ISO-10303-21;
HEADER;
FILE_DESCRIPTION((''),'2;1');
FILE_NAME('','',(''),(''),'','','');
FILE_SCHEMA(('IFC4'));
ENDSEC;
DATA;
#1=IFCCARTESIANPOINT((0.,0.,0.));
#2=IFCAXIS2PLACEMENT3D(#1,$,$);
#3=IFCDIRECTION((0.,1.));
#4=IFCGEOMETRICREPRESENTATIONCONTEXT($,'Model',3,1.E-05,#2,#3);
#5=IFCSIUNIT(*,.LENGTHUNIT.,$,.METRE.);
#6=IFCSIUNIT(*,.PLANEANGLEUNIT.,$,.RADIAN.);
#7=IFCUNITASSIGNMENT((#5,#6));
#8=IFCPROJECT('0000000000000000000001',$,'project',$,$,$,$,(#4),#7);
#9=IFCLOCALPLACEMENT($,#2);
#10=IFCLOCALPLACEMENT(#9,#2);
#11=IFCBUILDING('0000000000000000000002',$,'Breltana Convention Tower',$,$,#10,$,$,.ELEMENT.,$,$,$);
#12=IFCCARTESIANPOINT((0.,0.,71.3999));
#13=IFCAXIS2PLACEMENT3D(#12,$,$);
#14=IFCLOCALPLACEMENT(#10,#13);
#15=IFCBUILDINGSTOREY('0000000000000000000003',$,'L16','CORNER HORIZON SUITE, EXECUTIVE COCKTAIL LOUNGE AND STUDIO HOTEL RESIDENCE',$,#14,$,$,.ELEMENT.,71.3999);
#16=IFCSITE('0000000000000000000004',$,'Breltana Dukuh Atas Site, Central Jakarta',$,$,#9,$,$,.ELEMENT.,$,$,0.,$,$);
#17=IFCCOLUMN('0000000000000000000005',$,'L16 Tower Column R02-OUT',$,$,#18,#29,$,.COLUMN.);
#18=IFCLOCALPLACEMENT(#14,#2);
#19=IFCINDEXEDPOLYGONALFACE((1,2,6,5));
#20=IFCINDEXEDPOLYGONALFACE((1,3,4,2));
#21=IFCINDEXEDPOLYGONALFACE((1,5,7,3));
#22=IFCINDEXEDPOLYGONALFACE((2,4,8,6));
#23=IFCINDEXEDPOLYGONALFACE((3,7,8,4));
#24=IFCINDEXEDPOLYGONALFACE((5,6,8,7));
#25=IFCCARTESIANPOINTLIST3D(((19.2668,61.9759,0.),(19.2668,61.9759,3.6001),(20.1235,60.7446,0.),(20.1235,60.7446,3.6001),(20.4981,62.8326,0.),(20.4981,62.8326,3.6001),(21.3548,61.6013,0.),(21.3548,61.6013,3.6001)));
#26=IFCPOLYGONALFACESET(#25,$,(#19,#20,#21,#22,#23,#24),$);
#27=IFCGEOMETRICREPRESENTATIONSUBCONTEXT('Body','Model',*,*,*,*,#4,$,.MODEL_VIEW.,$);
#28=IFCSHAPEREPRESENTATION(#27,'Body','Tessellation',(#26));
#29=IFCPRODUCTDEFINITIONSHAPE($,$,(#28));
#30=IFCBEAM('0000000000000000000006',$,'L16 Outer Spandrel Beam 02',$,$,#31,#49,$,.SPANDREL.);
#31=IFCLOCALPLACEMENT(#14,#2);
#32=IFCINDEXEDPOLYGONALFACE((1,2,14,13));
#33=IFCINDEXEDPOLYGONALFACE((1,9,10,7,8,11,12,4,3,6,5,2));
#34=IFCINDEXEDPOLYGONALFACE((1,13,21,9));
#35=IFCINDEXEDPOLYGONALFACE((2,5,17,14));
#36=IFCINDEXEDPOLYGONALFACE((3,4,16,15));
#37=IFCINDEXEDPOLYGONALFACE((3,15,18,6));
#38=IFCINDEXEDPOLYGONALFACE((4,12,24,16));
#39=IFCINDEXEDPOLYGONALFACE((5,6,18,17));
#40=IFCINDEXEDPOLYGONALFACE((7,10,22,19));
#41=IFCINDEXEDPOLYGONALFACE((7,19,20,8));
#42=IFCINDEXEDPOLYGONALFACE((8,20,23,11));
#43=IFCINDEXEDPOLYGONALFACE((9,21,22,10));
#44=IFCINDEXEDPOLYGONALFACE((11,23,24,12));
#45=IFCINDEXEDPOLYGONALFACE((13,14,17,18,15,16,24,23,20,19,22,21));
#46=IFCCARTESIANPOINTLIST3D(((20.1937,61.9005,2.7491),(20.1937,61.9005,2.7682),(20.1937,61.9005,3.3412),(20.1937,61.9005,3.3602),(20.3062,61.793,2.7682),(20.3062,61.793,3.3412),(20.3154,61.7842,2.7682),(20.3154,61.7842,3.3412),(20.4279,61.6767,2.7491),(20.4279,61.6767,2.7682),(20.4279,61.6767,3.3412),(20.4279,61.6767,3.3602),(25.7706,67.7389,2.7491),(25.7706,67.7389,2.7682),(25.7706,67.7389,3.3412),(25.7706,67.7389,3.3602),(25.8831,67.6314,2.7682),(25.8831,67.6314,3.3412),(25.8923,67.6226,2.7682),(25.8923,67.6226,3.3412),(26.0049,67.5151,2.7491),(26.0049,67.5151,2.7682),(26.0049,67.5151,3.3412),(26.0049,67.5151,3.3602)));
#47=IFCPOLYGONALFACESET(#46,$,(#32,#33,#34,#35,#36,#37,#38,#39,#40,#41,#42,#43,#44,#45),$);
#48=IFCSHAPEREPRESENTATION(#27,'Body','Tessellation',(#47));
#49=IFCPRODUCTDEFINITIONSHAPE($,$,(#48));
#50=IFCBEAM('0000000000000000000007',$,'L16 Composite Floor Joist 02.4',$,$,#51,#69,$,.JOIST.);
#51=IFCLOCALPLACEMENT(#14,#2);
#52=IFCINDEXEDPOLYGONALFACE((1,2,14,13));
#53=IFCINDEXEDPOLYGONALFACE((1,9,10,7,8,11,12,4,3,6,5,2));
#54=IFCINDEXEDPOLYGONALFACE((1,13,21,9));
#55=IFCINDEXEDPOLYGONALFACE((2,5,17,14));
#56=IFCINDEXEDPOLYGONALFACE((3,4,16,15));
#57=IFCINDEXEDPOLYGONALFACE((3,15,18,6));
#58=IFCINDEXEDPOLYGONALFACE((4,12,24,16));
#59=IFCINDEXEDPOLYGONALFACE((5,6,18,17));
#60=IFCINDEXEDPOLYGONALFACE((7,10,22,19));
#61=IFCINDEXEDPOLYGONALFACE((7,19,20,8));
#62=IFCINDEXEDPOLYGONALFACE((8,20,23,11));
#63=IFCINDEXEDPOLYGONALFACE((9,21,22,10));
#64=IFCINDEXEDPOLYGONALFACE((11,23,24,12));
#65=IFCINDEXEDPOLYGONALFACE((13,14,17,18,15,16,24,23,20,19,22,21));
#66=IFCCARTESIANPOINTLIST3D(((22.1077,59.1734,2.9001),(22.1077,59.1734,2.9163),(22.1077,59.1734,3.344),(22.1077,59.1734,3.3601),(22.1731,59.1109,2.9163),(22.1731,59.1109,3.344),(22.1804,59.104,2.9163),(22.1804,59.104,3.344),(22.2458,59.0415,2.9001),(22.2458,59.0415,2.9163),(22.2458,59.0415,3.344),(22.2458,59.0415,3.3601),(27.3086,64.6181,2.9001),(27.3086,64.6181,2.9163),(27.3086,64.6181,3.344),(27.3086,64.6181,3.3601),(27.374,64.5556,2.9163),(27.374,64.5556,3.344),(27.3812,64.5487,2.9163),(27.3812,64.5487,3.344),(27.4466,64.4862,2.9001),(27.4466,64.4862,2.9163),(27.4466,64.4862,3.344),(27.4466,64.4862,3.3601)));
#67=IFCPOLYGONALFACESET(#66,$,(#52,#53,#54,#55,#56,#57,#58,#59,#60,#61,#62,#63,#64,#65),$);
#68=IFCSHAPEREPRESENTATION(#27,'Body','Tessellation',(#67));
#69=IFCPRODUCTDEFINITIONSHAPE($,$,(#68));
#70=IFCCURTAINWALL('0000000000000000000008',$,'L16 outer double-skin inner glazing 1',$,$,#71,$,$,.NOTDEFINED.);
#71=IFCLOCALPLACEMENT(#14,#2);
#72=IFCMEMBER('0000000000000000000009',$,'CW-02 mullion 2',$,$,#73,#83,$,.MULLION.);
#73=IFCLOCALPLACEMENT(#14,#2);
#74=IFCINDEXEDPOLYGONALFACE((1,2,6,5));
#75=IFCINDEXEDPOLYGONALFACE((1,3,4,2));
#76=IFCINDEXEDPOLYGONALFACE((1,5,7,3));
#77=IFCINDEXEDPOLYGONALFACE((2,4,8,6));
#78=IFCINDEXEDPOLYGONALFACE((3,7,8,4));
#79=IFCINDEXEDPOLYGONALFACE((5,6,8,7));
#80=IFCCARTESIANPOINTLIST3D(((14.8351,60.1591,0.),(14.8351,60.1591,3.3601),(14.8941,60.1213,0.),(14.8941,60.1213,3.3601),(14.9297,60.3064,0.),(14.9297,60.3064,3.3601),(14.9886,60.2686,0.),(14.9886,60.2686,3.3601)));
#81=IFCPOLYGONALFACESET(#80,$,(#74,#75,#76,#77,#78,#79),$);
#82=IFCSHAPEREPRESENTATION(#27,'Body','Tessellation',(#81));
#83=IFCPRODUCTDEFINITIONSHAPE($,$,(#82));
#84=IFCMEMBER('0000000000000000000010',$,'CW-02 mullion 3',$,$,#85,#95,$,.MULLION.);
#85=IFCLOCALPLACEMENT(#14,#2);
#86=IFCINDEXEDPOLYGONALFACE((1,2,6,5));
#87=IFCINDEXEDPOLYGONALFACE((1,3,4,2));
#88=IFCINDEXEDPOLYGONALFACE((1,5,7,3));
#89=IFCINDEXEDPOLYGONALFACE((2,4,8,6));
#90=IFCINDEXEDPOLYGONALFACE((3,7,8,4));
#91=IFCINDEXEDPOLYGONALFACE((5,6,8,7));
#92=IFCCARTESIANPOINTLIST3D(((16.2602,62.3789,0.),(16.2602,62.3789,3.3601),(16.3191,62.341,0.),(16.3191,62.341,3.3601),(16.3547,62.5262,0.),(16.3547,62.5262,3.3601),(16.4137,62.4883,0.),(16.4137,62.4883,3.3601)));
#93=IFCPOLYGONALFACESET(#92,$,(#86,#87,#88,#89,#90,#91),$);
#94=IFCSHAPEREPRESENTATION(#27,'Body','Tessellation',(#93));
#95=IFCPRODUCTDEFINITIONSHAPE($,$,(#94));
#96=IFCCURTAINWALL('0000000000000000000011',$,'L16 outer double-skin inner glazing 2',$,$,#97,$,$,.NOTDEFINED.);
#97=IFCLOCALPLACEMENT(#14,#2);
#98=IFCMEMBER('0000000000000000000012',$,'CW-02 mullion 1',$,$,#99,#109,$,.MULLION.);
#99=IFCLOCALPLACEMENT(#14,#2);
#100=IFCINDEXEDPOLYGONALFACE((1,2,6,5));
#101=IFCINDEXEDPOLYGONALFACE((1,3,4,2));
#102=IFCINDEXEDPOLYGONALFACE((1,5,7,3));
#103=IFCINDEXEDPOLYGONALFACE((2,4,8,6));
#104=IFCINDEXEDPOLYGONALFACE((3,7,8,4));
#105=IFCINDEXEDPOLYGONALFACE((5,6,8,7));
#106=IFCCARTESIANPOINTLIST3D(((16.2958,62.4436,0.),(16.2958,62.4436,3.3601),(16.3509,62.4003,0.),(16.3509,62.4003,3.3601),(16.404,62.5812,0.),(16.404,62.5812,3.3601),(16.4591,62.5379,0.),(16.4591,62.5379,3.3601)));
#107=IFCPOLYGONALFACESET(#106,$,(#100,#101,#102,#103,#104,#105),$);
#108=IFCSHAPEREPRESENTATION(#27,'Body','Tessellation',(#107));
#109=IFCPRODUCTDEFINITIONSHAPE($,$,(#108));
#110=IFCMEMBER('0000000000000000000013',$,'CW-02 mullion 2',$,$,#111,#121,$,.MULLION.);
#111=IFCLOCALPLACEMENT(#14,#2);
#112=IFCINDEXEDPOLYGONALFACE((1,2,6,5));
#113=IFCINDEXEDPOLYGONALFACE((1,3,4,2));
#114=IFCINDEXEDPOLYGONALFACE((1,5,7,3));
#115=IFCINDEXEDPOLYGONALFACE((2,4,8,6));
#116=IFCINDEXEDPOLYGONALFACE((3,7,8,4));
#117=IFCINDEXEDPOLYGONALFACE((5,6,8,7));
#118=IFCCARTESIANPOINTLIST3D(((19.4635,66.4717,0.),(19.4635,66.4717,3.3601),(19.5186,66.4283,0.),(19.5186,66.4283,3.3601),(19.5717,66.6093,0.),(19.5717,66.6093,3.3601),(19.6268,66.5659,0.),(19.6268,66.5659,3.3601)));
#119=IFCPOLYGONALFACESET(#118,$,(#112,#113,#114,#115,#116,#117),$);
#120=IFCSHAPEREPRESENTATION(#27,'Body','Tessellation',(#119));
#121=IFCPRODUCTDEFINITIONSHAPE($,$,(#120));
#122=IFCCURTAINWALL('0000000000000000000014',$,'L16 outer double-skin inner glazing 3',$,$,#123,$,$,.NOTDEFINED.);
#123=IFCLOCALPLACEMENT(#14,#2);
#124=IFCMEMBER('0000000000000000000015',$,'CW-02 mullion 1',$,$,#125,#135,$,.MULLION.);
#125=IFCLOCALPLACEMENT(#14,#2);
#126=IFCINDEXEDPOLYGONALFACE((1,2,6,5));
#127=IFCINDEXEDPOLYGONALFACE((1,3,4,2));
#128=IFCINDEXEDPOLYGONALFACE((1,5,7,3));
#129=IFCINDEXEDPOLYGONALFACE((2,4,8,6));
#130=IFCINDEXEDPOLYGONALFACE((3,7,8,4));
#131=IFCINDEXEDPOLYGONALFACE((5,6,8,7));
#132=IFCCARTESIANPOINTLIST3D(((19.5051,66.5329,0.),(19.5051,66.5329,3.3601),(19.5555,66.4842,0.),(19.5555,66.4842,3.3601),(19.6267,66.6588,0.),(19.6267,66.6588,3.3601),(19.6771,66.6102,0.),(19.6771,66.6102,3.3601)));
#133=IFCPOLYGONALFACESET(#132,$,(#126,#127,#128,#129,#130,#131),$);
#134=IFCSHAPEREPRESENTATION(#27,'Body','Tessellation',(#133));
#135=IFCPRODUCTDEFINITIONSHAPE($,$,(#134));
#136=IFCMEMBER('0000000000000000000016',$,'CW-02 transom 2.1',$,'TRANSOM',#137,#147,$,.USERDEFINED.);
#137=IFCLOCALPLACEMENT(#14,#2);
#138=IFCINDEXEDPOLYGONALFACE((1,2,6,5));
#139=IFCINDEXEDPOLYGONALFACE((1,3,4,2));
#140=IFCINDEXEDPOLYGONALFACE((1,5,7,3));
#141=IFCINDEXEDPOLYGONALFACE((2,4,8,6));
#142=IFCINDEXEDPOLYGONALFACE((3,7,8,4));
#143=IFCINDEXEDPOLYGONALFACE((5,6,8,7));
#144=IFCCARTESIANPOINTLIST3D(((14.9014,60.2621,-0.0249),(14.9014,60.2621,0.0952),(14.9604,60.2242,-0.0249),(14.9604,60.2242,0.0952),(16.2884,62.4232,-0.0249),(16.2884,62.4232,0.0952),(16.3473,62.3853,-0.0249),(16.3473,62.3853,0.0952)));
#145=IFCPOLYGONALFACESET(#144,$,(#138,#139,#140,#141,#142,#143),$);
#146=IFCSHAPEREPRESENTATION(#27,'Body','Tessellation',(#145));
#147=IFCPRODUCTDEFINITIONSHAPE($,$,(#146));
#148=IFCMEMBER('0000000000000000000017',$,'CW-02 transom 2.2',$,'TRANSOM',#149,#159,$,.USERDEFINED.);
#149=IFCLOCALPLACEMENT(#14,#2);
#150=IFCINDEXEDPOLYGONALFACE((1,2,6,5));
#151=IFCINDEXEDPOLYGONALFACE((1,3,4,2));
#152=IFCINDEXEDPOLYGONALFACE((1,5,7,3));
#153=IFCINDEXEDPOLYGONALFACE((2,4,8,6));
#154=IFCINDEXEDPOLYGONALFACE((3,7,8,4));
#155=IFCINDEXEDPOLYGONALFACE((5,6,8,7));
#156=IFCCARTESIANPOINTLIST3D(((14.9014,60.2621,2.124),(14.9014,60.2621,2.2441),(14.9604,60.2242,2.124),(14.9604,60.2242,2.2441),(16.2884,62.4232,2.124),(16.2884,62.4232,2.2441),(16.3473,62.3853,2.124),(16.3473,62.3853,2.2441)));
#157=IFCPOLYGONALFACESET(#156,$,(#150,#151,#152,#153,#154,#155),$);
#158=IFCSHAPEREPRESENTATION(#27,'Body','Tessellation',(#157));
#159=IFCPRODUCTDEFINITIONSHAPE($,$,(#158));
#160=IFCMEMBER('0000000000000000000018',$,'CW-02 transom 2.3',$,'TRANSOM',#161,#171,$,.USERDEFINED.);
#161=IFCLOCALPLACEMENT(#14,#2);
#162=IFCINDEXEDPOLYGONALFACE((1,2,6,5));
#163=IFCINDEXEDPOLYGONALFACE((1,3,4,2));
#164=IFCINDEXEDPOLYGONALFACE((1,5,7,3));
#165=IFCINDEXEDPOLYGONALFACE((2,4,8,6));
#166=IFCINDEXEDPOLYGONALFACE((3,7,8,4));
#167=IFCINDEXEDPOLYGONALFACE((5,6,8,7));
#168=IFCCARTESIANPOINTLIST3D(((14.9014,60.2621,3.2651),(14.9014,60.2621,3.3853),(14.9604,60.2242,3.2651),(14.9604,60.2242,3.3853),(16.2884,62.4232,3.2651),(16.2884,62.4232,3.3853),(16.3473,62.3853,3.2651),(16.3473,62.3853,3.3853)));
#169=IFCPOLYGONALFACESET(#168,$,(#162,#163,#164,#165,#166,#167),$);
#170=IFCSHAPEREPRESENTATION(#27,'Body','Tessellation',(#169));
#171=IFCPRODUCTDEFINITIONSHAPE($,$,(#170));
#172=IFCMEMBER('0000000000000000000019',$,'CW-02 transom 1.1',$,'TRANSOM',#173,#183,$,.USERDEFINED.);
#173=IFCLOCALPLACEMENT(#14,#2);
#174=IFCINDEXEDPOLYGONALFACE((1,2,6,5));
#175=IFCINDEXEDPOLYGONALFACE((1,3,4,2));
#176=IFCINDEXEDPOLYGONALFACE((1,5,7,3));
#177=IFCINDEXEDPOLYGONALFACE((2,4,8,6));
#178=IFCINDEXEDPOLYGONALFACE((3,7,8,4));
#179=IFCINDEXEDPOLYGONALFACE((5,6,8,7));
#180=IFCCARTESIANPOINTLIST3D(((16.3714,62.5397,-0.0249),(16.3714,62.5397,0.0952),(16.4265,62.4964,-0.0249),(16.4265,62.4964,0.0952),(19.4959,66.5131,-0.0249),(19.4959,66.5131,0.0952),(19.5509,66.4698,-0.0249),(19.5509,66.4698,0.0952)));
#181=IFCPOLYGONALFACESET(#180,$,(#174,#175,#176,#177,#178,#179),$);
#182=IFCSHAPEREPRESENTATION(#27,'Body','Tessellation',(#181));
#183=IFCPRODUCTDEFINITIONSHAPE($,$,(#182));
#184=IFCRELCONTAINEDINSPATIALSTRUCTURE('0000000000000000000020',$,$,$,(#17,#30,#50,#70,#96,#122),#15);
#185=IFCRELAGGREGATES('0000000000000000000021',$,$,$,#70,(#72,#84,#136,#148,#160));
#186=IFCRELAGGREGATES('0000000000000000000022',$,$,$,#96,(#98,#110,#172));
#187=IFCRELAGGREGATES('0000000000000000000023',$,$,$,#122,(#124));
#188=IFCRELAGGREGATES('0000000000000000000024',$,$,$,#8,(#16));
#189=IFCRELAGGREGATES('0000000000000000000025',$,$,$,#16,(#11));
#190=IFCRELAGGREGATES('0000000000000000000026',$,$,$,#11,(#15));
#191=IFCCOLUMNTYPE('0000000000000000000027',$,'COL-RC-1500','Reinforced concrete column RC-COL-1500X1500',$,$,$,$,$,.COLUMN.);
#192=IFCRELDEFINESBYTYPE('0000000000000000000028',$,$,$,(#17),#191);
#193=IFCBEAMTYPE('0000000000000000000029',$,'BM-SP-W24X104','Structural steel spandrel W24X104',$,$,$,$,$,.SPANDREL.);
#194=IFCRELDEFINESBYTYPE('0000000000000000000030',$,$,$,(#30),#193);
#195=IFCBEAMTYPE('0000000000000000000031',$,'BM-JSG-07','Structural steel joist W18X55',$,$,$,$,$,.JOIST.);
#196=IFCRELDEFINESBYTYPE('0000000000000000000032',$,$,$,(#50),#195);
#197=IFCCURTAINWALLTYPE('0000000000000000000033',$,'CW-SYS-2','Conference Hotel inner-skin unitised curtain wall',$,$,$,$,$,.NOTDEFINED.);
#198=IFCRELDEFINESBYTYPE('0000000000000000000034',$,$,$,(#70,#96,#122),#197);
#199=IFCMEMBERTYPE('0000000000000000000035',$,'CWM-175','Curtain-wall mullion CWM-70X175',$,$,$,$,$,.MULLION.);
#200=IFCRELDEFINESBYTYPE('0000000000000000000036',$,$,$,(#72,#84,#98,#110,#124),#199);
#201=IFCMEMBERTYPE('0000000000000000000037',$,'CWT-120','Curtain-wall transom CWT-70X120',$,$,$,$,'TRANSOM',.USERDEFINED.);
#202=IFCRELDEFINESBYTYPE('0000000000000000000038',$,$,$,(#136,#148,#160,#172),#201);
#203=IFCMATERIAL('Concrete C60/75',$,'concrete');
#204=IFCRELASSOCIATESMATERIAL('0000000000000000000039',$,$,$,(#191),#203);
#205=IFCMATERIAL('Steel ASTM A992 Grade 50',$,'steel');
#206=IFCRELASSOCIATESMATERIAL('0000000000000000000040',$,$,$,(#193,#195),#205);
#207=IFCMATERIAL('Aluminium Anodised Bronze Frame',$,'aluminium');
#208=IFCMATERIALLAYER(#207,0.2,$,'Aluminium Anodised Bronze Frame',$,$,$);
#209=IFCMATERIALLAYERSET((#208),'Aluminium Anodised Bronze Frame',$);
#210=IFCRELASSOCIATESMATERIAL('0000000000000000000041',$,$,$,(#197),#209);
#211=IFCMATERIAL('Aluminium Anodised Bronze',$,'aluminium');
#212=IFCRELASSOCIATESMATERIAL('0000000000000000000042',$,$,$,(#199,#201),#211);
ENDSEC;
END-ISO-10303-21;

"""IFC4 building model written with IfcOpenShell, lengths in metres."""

from ifc_helpers import new_model, si_unit, direction, frame, origin, origin_2d, place, context, subcontext, project, spatial, rectangle, i_section, extrude, source, transform, mapped, material, layer, layer_set, material_profile, profile_set, type_object, type_shapes, element, aggregate, save


model = new_model("IFC4")

# Units and contexts
model_context = context("Model", 3, precision=1e-05, world=origin(), true_north=direction((0.0, 1.0)))
body_context = subcontext(model_context, "Body", "Model", "MODEL_VIEW")
ifc_project = project(units=[si_unit("LENGTHUNIT", "METRE"), si_unit("PLANEANGLEUNIT", "RADIAN")], contexts=[model_context])

# Site, building, storey
site_placement = place(None, origin())
site = spatial("IfcSite", under=ifc_project, at=site_placement, Name="Breltana Dukuh Atas Site, Central Jakarta", CompositionType="ELEMENT", RefElevation=0.0)
building_placement = place(site_placement, origin())
building = spatial("IfcBuilding", under=site, at=building_placement, Name="Breltana Convention Tower", CompositionType="ELEMENT")
storey_placement = place(building_placement, frame((0.0, 0.0, 71.3999)))
storey = spatial("IfcBuildingStorey", under=building, at=storey_placement, Name="L16", Description="CORNER HORIZON SUITE, EXECUTIVE COCKTAIL LOUNGE AND STUDIO HOTEL RESIDENCE", CompositionType="ELEMENT", Elevation=71.3999)

# Column
ifc_material_1 = material(Name="Concrete C60/75", Category="concrete")
ifc_material_profile_1 = material_profile(ifc_material_1, rectangle(XDim=1.5, YDim=1.5, at=origin_2d()), Name="RC-COL-1500X1500")
ifc_profile_set_1 = profile_set([ifc_material_profile_1], Name="Concrete C60/75")
column_type = type_object("IfcColumnType", Name="COL-RC-1500", Description="Reinforced concrete column RC-COL-1500X1500", PredefinedType="COLUMN", material=ifc_profile_set_1)
shared_shape_1 = source(origin(), body_context, "Body", "SweptSolid", [
    extrude(rectangle(XDim=1.5, YDim=1.5, at=origin_2d()), origin(), (0.0, 0.0, 1.0), 3.6001),
])
column_placement = place(storey_placement, frame((20.3108, 61.7886, 0.0), z_axis=(0.0, 0.0, 1.0), x_axis=(-0.571143, 0.82085, 0.0)))
element("IfcColumn", 1, at=column_placement, inside=storey, type_object=column_type, Name="L16 Tower Column R02-OUT", PredefinedType="COLUMN", context=body_context, shape_type="MappedRepresentation", body=[
    mapped(shared_shape_1, transform((0.0, 0.0, 0.0), scale=1.0)),
])

# Beams
ifc_material_2 = material(Name="Steel ASTM A992 Grade 50", Category="steel")
ifc_material_profile_2 = material_profile(ifc_material_2, i_section(OverallWidth=0.324, OverallDepth=0.6111, WebThickness=0.0127, FlangeThickness=0.019, at=origin_2d()), Name="W24X104")
ifc_profile_set_2 = profile_set([ifc_material_profile_2], Name="Steel ASTM A992 Grade 50")
beam_type_1 = type_object("IfcBeamType", Name="BM-SP-W24X104", Description="Structural steel spandrel W24X104", PredefinedType="SPANDREL", material=ifc_profile_set_2)
shared_shape_2 = source(origin(), body_context, "Body", "SweptSolid", [
    extrude(i_section(OverallWidth=0.324, OverallDepth=0.6111, WebThickness=0.0127, FlangeThickness=0.019, at=origin_2d()), origin(), (0.0, 0.0, 1.0), 8.074),
])
beam_1_placement = place(storey_placement, frame((20.3108, 61.7886, 3.0547), z_axis=(0.690729, 0.723114, 0.0), x_axis=(-0.723114, 0.690729, 0.0)))
element("IfcBeam", 2, at=beam_1_placement, inside=storey, type_object=beam_type_1, Name="L16 Outer Spandrel Beam 02", PredefinedType="SPANDREL", context=body_context, shape_type="MappedRepresentation", body=[
    mapped(shared_shape_2, transform((0.0, 0.0, 0.0), scale=1.0)),
])
ifc_material_profile_3 = material_profile(ifc_material_2, i_section(OverallWidth=0.1909, OverallDepth=0.46, WebThickness=0.01, FlangeThickness=0.0161, at=origin_2d()), Name="W18X55")
ifc_profile_set_3 = profile_set([ifc_material_profile_3], Name="Steel ASTM A992 Grade 50")
beam_type_2 = type_object("IfcBeamType", Name="BM-JSG-07", Description="Structural steel joist W18X55", PredefinedType="JOIST", material=ifc_profile_set_3)
shared_shape_3 = source(origin(), body_context, "Body", "SweptSolid", [
    extrude(i_section(OverallWidth=0.1909, OverallDepth=0.46, WebThickness=0.01, FlangeThickness=0.0161, at=origin_2d()), origin(), (0.0, 0.0, 1.0), 7.5295),
])
beam_2_placement = place(storey_placement, frame((22.1768, 59.1074, 3.1301), z_axis=(0.690726, 0.723117, 0.0), x_axis=(-0.723117, 0.690726, 0.0)))
element("IfcBeam", 3, at=beam_2_placement, inside=storey, type_object=beam_type_2, Name="L16 Composite Floor Joist 02.4", PredefinedType="JOIST", context=body_context, shape_type="MappedRepresentation", body=[
    mapped(shared_shape_3, transform((0.0, 0.0, 0.0), scale=1.0)),
])

# Curtain walls, members
ifc_material_3 = material(Name="Aluminium Anodised Bronze Frame", Category="aluminium")
ifc_layer_1 = layer(ifc_material_3, 0.2, Name="Aluminium Anodised Bronze Frame")
ifc_layer_set_1 = layer_set([ifc_layer_1], Name="Aluminium Anodised Bronze Frame")
curtain_wall_type = type_object("IfcCurtainWallType", Name="CW-SYS-2", Description="Conference Hotel inner-skin unitised curtain wall", PredefinedType="NOTDEFINED", material=ifc_layer_set_1)
curtain_wall_1_placement = place(storey_placement, origin())
curtain_wall_1 = element("IfcCurtainWall", 4, at=curtain_wall_1_placement, inside=storey, type_object=curtain_wall_type, Name="L16 outer double-skin inner glazing 1", PredefinedType="NOTDEFINED")
ifc_material_4 = material(Name="Aluminium Anodised Bronze", Category="aluminium")
ifc_material_profile_4 = material_profile(ifc_material_4, rectangle(XDim=0.0701, YDim=0.175, at=origin_2d()), Name="CWM-70X175")
ifc_profile_set_4 = profile_set([ifc_material_profile_4], Name="Aluminium Anodised Bronze")
member_type_1 = type_object("IfcMemberType", Name="CWM-175", Description="Curtain-wall mullion CWM-70X175", PredefinedType="MULLION", material=ifc_profile_set_4)
shared_shape_4 = source(origin(), body_context, "Body", "SweptSolid", [
    extrude(rectangle(XDim=0.0701, YDim=0.175, at=origin_2d()), origin(), (0.0, 0.0, 1.0), 3.3601),
])
type_shapes(member_type_1, [shared_shape_4])
member_1_placement = place(storey_placement, frame((14.9119, 60.2139, 0.0), z_axis=(0.0, 0.0, 1.0), x_axis=(-0.841549, 0.540181, 0.0)))
member_1 = element("IfcMember", 5, at=member_1_placement, type_object=member_type_1, Name="CW-02 mullion 2", PredefinedType="MULLION", context=body_context, shape_type="MappedRepresentation", body=[
    mapped(shared_shape_4, transform((0.0, 0.0, 0.0), scale=1.0)),
])
member_2_placement = place(storey_placement, frame((16.3369, 62.4336, 0.0), z_axis=(0.0, 0.0, 1.0), x_axis=(-0.841549, 0.540181, 0.0)))
member_2 = element("IfcMember", 6, at=member_2_placement, type_object=member_type_1, Name="CW-02 mullion 3", PredefinedType="MULLION", context=body_context, shape_type="MappedRepresentation", body=[
    mapped(shared_shape_4, transform((0.0, 0.0, 0.0), scale=1.0)),
])
curtain_wall_2_placement = place(storey_placement, origin())
curtain_wall_2 = element("IfcCurtainWall", 7, at=curtain_wall_2_placement, inside=storey, type_object=curtain_wall_type, Name="L16 outer double-skin inner glazing 2", PredefinedType="NOTDEFINED")
member_3_placement = place(storey_placement, frame((16.3774, 62.4907, 0.0), z_axis=(0.0, 0.0, 1.0), x_axis=(-0.786057, 0.618154, 0.0)))
member_3 = element("IfcMember", 8, at=member_3_placement, type_object=member_type_1, Name="CW-02 mullion 1", PredefinedType="MULLION", context=body_context, shape_type="MappedRepresentation", body=[
    mapped(shared_shape_4, transform((0.0, 0.0, 0.0), scale=1.0)),
])
member_4_placement = place(storey_placement, frame((19.5452, 66.5188, 0.0), z_axis=(0.0, 0.0, 1.0), x_axis=(-0.786057, 0.618154, 0.0)))
member_4 = element("IfcMember", 9, at=member_4_placement, type_object=member_type_1, Name="CW-02 mullion 2", PredefinedType="MULLION", context=body_context, shape_type="MappedRepresentation", body=[
    mapped(shared_shape_4, transform((0.0, 0.0, 0.0), scale=1.0)),
])

# Curtain wall, member
curtain_wall_3_placement = place(storey_placement, origin())
curtain_wall_3 = element("IfcCurtainWall", 10, at=curtain_wall_3_placement, inside=storey, type_object=curtain_wall_type, Name="L16 outer double-skin inner glazing 3", PredefinedType="NOTDEFINED")
member_5_placement = place(storey_placement, frame((19.5911, 66.5715, 0.0), z_axis=(0.0, 0.0, 1.0), x_axis=(-0.719386, 0.69461, 0.0)))
member_5 = element("IfcMember", 11, at=member_5_placement, type_object=member_type_1, Name="CW-02 mullion 1", PredefinedType="MULLION", context=body_context, shape_type="MappedRepresentation", body=[
    mapped(shared_shape_4, transform((0.0, 0.0, 0.0), scale=1.0)),
])

# Members
ifc_material_profile_5 = material_profile(ifc_material_4, rectangle(XDim=0.0701, YDim=0.1201, at=origin_2d()), Name="CWT-70X120")
ifc_profile_set_5 = profile_set([ifc_material_profile_5], Name="Aluminium Anodised Bronze")
member_type_2 = type_object("IfcMemberType", Name="CWT-120", Description="Curtain-wall transom CWT-70X120", ElementType="TRANSOM", PredefinedType="USERDEFINED", material=ifc_profile_set_5)
shared_shape_5 = source(origin(), body_context, "Body", "SweptSolid", [
    extrude(rectangle(XDim=0.0701, YDim=0.1201, at=origin_2d()), origin(), (0.0, 0.0, 1.0), 2.5679),
])
type_shapes(member_type_2, [shared_shape_5])
member_6_placement = place(storey_placement, frame((14.9309, 60.2432, 0.0352), z_axis=(0.540114, 0.841592, 0.0), x_axis=(-0.841592, 0.540114, 0.0)))
member_6 = element("IfcMember", 12, at=member_6_placement, type_object=member_type_2, Name="CW-02 transom 2.1", ObjectType="TRANSOM", PredefinedType="USERDEFINED", context=body_context, shape_type="MappedRepresentation", body=[
    mapped(shared_shape_5, transform((0.0, 0.0, 0.0), scale=1.0)),
])
member_7_placement = place(storey_placement, frame((14.9309, 60.2432, 2.1841), z_axis=(0.540114, 0.841592, 0.0), x_axis=(-0.841592, 0.540114, 0.0)))
member_7 = element("IfcMember", 13, at=member_7_placement, type_object=member_type_2, Name="CW-02 transom 2.2", ObjectType="TRANSOM", PredefinedType="USERDEFINED", context=body_context, shape_type="MappedRepresentation", body=[
    mapped(shared_shape_5, transform((0.0, 0.0, 0.0), scale=1.0)),
])
member_8_placement = place(storey_placement, frame((14.9309, 60.2432, 3.3252), z_axis=(0.540114, 0.841592, 0.0), x_axis=(-0.841592, 0.540114, 0.0)))
member_8 = element("IfcMember", 14, at=member_8_placement, type_object=member_type_2, Name="CW-02 transom 2.3", ObjectType="TRANSOM", PredefinedType="USERDEFINED", context=body_context, shape_type="MappedRepresentation", body=[
    mapped(shared_shape_5, transform((0.0, 0.0, 0.0), scale=1.0)),
])
shared_shape_6 = source(origin(), body_context, "Body", "SweptSolid", [
    extrude(rectangle(XDim=0.0701, YDim=0.1201, at=origin_2d()), origin(), (0.0, 0.0, 1.0), 5.0547),
])
member_9_placement = place(storey_placement, frame((16.3989, 62.5181, 0.0352), z_axis=(0.618135, 0.786072, 0.0), x_axis=(-0.786072, 0.618135, 0.0)))
member_9 = element("IfcMember", 15, at=member_9_placement, type_object=member_type_2, Name="CW-02 transom 1.1", ObjectType="TRANSOM", PredefinedType="USERDEFINED", context=body_context, shape_type="MappedRepresentation", body=[
    mapped(shared_shape_6, transform((0.0, 0.0, 0.0), scale=1.0)),
])

aggregate(curtain_wall_1, [member_1, member_2, member_6, member_7, member_8])
aggregate(curtain_wall_2, [member_3, member_4, member_9])
aggregate(curtain_wall_3, [member_5])

save(model, "model.ifc")
